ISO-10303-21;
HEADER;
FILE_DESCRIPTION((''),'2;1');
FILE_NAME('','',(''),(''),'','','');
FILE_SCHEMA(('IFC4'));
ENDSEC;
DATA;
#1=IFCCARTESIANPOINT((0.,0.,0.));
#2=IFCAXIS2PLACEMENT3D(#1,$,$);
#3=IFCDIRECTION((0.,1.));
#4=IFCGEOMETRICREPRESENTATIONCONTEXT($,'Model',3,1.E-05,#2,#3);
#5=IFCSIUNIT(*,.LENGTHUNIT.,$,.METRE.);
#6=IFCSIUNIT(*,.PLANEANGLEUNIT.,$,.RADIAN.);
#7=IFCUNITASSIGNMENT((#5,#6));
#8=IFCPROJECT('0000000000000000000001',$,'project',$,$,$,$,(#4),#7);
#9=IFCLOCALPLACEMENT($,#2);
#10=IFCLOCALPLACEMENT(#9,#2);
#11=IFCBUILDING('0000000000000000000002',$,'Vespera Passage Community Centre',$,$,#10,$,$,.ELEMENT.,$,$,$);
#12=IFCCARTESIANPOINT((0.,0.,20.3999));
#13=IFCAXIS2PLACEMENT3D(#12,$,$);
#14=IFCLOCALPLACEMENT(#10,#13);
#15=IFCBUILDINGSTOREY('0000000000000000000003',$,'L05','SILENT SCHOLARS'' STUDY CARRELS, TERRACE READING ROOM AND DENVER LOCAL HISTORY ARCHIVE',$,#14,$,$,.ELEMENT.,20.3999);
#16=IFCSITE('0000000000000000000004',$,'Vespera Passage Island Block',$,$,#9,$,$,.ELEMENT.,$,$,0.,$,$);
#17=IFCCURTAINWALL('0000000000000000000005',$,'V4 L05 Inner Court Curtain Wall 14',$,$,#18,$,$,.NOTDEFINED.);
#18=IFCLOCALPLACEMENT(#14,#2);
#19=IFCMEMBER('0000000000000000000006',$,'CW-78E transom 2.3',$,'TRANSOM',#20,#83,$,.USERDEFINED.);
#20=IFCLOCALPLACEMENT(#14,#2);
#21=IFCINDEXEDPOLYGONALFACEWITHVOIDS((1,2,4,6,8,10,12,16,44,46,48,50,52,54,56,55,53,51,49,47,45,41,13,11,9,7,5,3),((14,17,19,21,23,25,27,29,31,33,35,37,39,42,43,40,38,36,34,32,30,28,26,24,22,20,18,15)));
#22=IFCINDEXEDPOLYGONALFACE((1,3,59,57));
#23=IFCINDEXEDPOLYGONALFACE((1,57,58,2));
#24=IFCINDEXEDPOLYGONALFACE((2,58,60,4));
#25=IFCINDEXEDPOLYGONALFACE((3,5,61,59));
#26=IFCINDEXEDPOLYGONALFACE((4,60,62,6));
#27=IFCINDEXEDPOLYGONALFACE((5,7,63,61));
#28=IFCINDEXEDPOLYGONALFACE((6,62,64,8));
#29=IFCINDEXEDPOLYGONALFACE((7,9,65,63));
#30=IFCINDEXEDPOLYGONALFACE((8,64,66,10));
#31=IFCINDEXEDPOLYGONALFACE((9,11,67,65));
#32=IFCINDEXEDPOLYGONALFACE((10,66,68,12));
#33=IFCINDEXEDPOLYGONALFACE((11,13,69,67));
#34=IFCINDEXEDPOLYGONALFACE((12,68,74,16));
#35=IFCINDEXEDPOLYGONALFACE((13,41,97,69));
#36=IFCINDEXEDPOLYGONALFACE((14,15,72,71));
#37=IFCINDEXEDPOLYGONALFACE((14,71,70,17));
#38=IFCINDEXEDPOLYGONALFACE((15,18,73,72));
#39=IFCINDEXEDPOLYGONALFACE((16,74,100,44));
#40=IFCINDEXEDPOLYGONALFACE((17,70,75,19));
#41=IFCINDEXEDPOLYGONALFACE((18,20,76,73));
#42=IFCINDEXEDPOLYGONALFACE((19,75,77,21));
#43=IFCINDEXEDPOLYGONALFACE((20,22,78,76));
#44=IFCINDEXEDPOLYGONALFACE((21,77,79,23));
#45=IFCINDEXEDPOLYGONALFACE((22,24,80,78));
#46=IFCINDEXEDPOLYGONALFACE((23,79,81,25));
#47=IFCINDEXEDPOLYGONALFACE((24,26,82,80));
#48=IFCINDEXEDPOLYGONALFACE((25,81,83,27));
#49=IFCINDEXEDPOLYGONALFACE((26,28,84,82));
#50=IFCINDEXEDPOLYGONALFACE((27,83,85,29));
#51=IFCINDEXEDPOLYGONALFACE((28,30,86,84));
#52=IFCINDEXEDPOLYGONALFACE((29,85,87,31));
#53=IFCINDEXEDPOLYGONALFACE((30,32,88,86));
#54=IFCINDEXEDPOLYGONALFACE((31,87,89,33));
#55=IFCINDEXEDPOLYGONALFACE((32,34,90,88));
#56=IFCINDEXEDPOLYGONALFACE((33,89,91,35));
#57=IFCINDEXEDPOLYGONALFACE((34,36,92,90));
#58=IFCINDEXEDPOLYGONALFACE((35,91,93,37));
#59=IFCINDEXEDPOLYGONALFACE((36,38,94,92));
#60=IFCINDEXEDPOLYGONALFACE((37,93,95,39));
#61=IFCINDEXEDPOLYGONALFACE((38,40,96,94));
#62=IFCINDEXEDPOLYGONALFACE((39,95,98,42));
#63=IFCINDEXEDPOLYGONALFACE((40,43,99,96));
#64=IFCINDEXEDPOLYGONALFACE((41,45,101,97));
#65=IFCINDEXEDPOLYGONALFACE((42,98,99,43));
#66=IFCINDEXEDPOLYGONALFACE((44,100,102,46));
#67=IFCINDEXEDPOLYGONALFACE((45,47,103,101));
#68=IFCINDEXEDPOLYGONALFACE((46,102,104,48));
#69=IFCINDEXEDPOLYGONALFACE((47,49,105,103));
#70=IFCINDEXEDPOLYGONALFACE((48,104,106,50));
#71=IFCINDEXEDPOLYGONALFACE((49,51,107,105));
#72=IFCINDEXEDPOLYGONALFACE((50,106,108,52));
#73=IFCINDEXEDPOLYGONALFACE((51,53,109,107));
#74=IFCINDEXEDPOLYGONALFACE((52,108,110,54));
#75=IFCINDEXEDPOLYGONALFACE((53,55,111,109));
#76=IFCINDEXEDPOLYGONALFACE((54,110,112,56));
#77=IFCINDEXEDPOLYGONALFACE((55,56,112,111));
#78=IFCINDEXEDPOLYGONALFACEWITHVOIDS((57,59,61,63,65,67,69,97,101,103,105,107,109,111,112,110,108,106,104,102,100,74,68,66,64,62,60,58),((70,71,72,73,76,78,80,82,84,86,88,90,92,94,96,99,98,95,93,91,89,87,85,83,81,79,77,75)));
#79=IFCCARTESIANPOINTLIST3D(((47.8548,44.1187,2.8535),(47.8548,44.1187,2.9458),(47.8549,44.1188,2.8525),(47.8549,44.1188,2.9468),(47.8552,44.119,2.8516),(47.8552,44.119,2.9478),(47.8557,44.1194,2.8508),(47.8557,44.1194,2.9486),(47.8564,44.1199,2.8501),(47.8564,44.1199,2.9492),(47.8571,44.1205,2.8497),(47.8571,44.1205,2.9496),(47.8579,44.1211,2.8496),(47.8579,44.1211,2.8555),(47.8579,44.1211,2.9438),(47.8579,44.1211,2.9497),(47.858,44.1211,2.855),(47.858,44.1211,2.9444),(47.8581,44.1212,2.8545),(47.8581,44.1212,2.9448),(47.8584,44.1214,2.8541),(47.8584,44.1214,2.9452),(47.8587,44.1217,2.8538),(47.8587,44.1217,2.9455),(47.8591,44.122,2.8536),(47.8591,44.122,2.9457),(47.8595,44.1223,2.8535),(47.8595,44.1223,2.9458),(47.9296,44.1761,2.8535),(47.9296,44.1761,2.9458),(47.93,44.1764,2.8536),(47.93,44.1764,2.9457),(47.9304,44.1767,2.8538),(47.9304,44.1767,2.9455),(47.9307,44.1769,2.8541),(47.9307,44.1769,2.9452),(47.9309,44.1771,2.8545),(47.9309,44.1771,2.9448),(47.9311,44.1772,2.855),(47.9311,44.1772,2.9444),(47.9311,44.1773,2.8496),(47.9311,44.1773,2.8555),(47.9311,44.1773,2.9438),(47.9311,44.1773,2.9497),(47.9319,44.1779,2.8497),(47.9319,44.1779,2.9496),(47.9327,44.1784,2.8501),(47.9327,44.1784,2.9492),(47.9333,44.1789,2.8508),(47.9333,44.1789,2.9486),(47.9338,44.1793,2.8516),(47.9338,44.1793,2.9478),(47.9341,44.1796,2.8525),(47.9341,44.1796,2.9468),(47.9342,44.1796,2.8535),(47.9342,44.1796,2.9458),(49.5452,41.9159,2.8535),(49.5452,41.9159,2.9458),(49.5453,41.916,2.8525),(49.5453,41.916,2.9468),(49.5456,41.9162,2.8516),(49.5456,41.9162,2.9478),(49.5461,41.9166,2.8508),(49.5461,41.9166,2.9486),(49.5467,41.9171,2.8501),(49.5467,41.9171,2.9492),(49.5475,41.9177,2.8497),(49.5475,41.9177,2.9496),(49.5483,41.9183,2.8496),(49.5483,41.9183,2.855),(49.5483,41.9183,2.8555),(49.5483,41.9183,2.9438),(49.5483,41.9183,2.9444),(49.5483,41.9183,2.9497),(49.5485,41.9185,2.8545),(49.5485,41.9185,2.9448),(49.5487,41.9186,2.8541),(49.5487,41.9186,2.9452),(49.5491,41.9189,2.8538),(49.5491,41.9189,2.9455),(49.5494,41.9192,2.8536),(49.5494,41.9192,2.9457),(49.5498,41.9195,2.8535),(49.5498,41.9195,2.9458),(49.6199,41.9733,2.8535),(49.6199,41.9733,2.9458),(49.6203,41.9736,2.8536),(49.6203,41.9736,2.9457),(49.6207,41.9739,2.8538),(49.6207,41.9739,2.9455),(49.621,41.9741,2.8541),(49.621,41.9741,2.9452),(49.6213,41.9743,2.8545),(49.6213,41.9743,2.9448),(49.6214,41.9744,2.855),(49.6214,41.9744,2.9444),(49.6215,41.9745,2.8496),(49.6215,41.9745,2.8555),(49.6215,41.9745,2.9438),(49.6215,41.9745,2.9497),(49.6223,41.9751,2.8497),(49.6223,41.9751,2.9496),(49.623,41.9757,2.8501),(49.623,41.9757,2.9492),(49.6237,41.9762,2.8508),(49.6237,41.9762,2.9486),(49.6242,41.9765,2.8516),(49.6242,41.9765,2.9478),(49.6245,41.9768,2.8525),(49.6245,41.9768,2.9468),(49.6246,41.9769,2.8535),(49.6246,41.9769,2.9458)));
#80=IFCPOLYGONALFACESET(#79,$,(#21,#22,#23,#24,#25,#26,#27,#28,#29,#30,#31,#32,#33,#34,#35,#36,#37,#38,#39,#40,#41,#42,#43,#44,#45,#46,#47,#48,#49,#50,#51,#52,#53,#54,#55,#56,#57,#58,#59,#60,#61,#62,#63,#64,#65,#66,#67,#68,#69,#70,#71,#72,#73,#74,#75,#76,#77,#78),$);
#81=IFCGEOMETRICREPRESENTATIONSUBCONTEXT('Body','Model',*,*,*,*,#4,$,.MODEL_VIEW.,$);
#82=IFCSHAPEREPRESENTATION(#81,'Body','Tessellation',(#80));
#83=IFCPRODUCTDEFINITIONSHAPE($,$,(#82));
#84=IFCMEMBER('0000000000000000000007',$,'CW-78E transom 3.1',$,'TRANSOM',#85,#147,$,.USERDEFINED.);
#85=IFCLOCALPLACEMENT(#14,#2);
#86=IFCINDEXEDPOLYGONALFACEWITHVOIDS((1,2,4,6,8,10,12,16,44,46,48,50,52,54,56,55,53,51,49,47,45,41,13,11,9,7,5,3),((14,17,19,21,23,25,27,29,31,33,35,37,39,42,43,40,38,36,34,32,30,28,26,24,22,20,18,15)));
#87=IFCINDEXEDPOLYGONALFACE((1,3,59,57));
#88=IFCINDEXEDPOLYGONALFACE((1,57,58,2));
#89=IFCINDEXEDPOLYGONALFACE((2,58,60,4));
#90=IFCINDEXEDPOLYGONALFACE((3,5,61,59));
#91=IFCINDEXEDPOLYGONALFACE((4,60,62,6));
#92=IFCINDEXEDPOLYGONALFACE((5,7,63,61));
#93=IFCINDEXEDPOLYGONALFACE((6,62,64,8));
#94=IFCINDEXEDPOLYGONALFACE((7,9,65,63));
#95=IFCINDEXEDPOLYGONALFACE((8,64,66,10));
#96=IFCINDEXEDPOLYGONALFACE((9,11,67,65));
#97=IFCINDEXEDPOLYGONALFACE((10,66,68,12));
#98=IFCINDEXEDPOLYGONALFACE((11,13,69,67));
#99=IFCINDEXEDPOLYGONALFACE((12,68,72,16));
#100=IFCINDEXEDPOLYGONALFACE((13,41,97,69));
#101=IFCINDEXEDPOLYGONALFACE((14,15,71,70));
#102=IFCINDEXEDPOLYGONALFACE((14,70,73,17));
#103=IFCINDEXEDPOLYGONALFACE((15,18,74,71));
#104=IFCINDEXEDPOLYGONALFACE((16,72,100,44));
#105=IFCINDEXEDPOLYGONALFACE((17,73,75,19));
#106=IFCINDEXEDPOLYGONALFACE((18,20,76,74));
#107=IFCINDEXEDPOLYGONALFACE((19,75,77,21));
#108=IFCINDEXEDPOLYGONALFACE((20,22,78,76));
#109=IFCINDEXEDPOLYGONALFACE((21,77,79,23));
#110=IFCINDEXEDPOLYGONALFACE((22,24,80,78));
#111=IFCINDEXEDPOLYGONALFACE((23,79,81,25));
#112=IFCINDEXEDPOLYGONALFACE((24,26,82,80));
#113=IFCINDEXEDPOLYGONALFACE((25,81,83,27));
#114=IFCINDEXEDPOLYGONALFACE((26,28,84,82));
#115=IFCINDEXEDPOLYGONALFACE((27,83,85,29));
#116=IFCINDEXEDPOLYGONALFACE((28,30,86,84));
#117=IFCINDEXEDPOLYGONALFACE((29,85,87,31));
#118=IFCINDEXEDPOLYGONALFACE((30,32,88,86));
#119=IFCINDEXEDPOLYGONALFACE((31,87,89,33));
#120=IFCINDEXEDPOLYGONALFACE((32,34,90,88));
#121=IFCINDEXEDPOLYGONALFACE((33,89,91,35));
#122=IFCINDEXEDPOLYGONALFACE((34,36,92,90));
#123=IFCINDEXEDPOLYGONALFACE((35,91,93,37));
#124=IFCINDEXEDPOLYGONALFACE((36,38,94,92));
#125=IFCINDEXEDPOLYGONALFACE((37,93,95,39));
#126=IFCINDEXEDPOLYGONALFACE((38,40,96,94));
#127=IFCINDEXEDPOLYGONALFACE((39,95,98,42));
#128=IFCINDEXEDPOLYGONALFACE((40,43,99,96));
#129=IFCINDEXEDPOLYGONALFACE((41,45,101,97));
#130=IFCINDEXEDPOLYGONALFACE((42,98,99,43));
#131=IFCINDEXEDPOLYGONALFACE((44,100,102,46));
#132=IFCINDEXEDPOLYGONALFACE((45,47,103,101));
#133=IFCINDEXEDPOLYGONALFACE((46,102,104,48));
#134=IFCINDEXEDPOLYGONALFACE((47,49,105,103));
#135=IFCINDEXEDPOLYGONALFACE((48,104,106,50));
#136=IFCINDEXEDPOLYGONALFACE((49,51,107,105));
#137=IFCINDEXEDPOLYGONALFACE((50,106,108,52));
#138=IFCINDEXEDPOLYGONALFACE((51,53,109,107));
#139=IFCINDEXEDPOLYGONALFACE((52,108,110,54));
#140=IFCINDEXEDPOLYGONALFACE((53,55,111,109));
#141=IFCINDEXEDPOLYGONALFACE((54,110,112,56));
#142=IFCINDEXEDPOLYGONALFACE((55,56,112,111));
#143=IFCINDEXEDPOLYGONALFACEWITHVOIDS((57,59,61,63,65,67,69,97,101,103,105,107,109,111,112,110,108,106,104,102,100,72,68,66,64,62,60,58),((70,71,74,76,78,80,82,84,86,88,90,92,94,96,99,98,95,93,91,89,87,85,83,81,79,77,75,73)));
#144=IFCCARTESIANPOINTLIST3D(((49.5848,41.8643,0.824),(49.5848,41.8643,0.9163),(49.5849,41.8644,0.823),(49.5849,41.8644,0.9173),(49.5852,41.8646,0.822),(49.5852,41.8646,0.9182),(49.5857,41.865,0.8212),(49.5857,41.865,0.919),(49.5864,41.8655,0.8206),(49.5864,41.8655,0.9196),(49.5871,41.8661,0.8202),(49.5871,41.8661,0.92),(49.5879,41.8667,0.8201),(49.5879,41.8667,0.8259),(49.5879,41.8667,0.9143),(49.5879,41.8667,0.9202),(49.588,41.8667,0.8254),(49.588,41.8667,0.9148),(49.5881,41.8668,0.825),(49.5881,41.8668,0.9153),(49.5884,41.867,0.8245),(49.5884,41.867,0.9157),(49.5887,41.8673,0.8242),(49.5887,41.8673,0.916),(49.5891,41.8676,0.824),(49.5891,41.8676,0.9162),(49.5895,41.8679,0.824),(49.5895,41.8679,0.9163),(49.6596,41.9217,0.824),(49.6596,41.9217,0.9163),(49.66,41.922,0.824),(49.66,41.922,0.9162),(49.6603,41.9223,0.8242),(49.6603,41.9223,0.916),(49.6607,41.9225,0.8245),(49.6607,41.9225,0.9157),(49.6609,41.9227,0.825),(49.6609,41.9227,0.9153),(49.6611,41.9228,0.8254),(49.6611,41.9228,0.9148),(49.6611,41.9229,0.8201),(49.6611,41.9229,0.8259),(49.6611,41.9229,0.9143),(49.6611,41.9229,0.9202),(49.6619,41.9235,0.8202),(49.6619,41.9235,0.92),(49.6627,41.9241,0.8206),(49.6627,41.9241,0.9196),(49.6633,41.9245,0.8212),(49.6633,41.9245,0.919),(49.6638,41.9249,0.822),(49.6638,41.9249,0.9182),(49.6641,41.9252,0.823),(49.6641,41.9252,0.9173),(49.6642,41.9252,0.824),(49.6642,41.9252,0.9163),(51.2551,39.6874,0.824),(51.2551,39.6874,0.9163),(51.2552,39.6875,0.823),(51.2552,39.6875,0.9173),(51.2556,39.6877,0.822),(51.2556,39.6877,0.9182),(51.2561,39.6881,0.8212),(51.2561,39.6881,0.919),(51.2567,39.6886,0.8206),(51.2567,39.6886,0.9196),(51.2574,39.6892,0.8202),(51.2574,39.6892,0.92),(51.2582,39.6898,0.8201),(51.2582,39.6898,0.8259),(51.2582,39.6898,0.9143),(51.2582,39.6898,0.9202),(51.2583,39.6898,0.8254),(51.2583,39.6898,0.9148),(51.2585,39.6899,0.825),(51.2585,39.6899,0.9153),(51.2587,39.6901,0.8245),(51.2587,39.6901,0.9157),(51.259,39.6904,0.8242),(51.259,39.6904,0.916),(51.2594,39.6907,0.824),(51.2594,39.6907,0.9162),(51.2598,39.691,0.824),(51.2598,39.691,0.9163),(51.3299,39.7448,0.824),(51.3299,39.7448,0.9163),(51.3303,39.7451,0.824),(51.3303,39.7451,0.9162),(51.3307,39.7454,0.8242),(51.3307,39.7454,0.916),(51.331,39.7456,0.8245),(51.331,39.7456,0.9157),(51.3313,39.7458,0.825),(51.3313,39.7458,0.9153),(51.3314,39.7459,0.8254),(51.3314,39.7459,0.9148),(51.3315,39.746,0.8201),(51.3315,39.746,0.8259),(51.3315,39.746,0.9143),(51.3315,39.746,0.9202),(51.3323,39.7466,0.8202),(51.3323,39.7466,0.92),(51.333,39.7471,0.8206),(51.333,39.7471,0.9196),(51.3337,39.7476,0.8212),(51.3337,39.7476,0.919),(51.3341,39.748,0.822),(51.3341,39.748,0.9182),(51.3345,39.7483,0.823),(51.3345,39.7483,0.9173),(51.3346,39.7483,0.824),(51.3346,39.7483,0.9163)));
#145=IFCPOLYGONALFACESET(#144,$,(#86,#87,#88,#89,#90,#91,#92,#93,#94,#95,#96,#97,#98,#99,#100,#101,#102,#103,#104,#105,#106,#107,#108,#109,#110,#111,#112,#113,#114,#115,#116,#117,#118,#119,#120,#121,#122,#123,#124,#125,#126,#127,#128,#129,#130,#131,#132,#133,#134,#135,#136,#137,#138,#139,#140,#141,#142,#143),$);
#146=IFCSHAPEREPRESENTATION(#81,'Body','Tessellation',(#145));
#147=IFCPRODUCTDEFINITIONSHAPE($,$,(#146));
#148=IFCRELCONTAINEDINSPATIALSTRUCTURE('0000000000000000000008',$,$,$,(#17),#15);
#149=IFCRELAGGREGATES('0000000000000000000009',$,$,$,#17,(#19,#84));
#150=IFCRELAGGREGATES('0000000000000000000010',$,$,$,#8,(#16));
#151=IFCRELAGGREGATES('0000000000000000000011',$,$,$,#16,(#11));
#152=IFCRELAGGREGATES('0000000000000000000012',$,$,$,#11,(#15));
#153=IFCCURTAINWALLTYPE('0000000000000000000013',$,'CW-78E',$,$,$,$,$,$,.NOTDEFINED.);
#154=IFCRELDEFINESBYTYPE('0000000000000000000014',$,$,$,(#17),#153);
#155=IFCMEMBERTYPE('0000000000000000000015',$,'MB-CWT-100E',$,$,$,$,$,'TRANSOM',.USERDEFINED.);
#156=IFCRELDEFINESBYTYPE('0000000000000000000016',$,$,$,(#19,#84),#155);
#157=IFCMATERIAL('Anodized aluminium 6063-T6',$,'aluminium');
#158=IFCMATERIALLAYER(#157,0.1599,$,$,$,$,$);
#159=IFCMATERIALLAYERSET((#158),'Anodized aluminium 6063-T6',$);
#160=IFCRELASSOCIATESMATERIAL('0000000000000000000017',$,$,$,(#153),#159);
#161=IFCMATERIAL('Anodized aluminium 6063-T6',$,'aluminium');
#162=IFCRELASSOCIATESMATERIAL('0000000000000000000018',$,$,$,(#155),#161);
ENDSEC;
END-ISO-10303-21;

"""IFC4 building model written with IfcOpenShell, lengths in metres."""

from ifc_helpers import new_model, si_unit, direction, frame, origin, origin_2d, place, context, subcontext, project, spatial, hollow_rectangle, extrude, material, layer, layer_set, material_profile, profile_set, type_object, element, aggregate, save


model = new_model("IFC4")

# Units and contexts
model_context = context("Model", 3, precision=1e-05, world=origin(), true_north=direction((0.0, 1.0)))
body_context = subcontext(model_context, "Body", "Model", "MODEL_VIEW")
ifc_project = project(units=[si_unit("LENGTHUNIT", "METRE"), si_unit("PLANEANGLEUNIT", "RADIAN")], contexts=[model_context])

# Site, building, storey
site_placement = place(None, origin())
site = spatial("IfcSite", under=ifc_project, at=site_placement, Name="Vespera Passage Island Block", CompositionType="ELEMENT", RefElevation=0.0)
building_placement = place(site_placement, origin())
building = spatial("IfcBuilding", under=site, at=building_placement, Name="Vespera Passage Community Centre", CompositionType="ELEMENT")
storey_placement = place(building_placement, frame((0.0, 0.0, 20.3999)))
storey = spatial("IfcBuildingStorey", under=building, at=storey_placement, Name="L05", Description="SILENT SCHOLARS' STUDY CARRELS, TERRACE READING ROOM AND DENVER LOCAL HISTORY ARCHIVE", CompositionType="ELEMENT", Elevation=20.3999)

# Curtain wall
ifc_material_1 = material(Name="Anodized aluminium 6063-T6", Category="aluminium")
ifc_layer_1 = layer(ifc_material_1, 0.1599)
ifc_layer_set_1 = layer_set([ifc_layer_1], Name="Anodized aluminium 6063-T6")
curtain_wall_type_1 = type_object("IfcCurtainWallType", Name="CW-78E", PredefinedType="NOTDEFINED", material=ifc_layer_set_1)
curtain_wall_1_placement = place(storey_placement, origin())
curtain_wall_1 = element("IfcCurtainWall", 1, at=curtain_wall_1_placement, inside=storey, type_object=curtain_wall_type_1, Name="V4 L05 Inner Court Curtain Wall 14", PredefinedType="NOTDEFINED")

# Members
ifc_material_2 = material(Name="Anodized aluminium 6063-T6", Category="aluminium")
ifc_material_profile_1 = material_profile(ifc_material_2, hollow_rectangle(XDim=0.1001, YDim=0.1001, WallThickness=0.0039, InnerFilletRadius=0.002, OuterFilletRadius=0.0039, at=origin_2d()), Name="ALU100X100X4")
ifc_profile_set_1 = profile_set([ifc_material_profile_1], Name="Anodized aluminium 6063-T6")
member_type_1 = type_object("IfcMemberType", Name="MB-CWT-100E", ElementType="TRANSOM", PredefinedType="USERDEFINED", material=ifc_profile_set_1)
member_1_placement = place(storey_placement, frame((47.8945, 44.1492, 2.8997), z_axis=(0.608784, -0.793336, 0.0), x_axis=(0.793336, 0.608784, 0.0)))
member_1 = element("IfcMember", 2, at=member_1_placement, type_object=member_type_1, Name="CW-78E transom 2.3", ObjectType="TRANSOM", PredefinedType="USERDEFINED", context=body_context, shape_type="SweptSolid", body=[
    extrude(hollow_rectangle(XDim=0.1001, YDim=0.1001, WallThickness=0.0039, InnerFilletRadius=0.002, OuterFilletRadius=0.0039, at=origin_2d()), origin(), (0.0, 0.0, 1.0), 2.7766),
])
member_2_placement = place(storey_placement, frame((49.6245, 41.8948, 0.8701), z_axis=(0.608747, -0.793364, 0.0), x_axis=(0.793364, 0.608747, 0.0)))
member_2 = element("IfcMember", 3, at=member_2_placement, type_object=member_type_1, Name="CW-78E transom 3.1", ObjectType="TRANSOM", PredefinedType="USERDEFINED", context=body_context, shape_type="SweptSolid", body=[
    extrude(hollow_rectangle(XDim=0.1001, YDim=0.1001, WallThickness=0.0039, InnerFilletRadius=0.002, OuterFilletRadius=0.0039, at=origin_2d()), origin(), (0.0, 0.0, 1.0), 2.7439),
])

aggregate(curtain_wall_1, [member_1, member_2])

save(model, "model.ifc")
